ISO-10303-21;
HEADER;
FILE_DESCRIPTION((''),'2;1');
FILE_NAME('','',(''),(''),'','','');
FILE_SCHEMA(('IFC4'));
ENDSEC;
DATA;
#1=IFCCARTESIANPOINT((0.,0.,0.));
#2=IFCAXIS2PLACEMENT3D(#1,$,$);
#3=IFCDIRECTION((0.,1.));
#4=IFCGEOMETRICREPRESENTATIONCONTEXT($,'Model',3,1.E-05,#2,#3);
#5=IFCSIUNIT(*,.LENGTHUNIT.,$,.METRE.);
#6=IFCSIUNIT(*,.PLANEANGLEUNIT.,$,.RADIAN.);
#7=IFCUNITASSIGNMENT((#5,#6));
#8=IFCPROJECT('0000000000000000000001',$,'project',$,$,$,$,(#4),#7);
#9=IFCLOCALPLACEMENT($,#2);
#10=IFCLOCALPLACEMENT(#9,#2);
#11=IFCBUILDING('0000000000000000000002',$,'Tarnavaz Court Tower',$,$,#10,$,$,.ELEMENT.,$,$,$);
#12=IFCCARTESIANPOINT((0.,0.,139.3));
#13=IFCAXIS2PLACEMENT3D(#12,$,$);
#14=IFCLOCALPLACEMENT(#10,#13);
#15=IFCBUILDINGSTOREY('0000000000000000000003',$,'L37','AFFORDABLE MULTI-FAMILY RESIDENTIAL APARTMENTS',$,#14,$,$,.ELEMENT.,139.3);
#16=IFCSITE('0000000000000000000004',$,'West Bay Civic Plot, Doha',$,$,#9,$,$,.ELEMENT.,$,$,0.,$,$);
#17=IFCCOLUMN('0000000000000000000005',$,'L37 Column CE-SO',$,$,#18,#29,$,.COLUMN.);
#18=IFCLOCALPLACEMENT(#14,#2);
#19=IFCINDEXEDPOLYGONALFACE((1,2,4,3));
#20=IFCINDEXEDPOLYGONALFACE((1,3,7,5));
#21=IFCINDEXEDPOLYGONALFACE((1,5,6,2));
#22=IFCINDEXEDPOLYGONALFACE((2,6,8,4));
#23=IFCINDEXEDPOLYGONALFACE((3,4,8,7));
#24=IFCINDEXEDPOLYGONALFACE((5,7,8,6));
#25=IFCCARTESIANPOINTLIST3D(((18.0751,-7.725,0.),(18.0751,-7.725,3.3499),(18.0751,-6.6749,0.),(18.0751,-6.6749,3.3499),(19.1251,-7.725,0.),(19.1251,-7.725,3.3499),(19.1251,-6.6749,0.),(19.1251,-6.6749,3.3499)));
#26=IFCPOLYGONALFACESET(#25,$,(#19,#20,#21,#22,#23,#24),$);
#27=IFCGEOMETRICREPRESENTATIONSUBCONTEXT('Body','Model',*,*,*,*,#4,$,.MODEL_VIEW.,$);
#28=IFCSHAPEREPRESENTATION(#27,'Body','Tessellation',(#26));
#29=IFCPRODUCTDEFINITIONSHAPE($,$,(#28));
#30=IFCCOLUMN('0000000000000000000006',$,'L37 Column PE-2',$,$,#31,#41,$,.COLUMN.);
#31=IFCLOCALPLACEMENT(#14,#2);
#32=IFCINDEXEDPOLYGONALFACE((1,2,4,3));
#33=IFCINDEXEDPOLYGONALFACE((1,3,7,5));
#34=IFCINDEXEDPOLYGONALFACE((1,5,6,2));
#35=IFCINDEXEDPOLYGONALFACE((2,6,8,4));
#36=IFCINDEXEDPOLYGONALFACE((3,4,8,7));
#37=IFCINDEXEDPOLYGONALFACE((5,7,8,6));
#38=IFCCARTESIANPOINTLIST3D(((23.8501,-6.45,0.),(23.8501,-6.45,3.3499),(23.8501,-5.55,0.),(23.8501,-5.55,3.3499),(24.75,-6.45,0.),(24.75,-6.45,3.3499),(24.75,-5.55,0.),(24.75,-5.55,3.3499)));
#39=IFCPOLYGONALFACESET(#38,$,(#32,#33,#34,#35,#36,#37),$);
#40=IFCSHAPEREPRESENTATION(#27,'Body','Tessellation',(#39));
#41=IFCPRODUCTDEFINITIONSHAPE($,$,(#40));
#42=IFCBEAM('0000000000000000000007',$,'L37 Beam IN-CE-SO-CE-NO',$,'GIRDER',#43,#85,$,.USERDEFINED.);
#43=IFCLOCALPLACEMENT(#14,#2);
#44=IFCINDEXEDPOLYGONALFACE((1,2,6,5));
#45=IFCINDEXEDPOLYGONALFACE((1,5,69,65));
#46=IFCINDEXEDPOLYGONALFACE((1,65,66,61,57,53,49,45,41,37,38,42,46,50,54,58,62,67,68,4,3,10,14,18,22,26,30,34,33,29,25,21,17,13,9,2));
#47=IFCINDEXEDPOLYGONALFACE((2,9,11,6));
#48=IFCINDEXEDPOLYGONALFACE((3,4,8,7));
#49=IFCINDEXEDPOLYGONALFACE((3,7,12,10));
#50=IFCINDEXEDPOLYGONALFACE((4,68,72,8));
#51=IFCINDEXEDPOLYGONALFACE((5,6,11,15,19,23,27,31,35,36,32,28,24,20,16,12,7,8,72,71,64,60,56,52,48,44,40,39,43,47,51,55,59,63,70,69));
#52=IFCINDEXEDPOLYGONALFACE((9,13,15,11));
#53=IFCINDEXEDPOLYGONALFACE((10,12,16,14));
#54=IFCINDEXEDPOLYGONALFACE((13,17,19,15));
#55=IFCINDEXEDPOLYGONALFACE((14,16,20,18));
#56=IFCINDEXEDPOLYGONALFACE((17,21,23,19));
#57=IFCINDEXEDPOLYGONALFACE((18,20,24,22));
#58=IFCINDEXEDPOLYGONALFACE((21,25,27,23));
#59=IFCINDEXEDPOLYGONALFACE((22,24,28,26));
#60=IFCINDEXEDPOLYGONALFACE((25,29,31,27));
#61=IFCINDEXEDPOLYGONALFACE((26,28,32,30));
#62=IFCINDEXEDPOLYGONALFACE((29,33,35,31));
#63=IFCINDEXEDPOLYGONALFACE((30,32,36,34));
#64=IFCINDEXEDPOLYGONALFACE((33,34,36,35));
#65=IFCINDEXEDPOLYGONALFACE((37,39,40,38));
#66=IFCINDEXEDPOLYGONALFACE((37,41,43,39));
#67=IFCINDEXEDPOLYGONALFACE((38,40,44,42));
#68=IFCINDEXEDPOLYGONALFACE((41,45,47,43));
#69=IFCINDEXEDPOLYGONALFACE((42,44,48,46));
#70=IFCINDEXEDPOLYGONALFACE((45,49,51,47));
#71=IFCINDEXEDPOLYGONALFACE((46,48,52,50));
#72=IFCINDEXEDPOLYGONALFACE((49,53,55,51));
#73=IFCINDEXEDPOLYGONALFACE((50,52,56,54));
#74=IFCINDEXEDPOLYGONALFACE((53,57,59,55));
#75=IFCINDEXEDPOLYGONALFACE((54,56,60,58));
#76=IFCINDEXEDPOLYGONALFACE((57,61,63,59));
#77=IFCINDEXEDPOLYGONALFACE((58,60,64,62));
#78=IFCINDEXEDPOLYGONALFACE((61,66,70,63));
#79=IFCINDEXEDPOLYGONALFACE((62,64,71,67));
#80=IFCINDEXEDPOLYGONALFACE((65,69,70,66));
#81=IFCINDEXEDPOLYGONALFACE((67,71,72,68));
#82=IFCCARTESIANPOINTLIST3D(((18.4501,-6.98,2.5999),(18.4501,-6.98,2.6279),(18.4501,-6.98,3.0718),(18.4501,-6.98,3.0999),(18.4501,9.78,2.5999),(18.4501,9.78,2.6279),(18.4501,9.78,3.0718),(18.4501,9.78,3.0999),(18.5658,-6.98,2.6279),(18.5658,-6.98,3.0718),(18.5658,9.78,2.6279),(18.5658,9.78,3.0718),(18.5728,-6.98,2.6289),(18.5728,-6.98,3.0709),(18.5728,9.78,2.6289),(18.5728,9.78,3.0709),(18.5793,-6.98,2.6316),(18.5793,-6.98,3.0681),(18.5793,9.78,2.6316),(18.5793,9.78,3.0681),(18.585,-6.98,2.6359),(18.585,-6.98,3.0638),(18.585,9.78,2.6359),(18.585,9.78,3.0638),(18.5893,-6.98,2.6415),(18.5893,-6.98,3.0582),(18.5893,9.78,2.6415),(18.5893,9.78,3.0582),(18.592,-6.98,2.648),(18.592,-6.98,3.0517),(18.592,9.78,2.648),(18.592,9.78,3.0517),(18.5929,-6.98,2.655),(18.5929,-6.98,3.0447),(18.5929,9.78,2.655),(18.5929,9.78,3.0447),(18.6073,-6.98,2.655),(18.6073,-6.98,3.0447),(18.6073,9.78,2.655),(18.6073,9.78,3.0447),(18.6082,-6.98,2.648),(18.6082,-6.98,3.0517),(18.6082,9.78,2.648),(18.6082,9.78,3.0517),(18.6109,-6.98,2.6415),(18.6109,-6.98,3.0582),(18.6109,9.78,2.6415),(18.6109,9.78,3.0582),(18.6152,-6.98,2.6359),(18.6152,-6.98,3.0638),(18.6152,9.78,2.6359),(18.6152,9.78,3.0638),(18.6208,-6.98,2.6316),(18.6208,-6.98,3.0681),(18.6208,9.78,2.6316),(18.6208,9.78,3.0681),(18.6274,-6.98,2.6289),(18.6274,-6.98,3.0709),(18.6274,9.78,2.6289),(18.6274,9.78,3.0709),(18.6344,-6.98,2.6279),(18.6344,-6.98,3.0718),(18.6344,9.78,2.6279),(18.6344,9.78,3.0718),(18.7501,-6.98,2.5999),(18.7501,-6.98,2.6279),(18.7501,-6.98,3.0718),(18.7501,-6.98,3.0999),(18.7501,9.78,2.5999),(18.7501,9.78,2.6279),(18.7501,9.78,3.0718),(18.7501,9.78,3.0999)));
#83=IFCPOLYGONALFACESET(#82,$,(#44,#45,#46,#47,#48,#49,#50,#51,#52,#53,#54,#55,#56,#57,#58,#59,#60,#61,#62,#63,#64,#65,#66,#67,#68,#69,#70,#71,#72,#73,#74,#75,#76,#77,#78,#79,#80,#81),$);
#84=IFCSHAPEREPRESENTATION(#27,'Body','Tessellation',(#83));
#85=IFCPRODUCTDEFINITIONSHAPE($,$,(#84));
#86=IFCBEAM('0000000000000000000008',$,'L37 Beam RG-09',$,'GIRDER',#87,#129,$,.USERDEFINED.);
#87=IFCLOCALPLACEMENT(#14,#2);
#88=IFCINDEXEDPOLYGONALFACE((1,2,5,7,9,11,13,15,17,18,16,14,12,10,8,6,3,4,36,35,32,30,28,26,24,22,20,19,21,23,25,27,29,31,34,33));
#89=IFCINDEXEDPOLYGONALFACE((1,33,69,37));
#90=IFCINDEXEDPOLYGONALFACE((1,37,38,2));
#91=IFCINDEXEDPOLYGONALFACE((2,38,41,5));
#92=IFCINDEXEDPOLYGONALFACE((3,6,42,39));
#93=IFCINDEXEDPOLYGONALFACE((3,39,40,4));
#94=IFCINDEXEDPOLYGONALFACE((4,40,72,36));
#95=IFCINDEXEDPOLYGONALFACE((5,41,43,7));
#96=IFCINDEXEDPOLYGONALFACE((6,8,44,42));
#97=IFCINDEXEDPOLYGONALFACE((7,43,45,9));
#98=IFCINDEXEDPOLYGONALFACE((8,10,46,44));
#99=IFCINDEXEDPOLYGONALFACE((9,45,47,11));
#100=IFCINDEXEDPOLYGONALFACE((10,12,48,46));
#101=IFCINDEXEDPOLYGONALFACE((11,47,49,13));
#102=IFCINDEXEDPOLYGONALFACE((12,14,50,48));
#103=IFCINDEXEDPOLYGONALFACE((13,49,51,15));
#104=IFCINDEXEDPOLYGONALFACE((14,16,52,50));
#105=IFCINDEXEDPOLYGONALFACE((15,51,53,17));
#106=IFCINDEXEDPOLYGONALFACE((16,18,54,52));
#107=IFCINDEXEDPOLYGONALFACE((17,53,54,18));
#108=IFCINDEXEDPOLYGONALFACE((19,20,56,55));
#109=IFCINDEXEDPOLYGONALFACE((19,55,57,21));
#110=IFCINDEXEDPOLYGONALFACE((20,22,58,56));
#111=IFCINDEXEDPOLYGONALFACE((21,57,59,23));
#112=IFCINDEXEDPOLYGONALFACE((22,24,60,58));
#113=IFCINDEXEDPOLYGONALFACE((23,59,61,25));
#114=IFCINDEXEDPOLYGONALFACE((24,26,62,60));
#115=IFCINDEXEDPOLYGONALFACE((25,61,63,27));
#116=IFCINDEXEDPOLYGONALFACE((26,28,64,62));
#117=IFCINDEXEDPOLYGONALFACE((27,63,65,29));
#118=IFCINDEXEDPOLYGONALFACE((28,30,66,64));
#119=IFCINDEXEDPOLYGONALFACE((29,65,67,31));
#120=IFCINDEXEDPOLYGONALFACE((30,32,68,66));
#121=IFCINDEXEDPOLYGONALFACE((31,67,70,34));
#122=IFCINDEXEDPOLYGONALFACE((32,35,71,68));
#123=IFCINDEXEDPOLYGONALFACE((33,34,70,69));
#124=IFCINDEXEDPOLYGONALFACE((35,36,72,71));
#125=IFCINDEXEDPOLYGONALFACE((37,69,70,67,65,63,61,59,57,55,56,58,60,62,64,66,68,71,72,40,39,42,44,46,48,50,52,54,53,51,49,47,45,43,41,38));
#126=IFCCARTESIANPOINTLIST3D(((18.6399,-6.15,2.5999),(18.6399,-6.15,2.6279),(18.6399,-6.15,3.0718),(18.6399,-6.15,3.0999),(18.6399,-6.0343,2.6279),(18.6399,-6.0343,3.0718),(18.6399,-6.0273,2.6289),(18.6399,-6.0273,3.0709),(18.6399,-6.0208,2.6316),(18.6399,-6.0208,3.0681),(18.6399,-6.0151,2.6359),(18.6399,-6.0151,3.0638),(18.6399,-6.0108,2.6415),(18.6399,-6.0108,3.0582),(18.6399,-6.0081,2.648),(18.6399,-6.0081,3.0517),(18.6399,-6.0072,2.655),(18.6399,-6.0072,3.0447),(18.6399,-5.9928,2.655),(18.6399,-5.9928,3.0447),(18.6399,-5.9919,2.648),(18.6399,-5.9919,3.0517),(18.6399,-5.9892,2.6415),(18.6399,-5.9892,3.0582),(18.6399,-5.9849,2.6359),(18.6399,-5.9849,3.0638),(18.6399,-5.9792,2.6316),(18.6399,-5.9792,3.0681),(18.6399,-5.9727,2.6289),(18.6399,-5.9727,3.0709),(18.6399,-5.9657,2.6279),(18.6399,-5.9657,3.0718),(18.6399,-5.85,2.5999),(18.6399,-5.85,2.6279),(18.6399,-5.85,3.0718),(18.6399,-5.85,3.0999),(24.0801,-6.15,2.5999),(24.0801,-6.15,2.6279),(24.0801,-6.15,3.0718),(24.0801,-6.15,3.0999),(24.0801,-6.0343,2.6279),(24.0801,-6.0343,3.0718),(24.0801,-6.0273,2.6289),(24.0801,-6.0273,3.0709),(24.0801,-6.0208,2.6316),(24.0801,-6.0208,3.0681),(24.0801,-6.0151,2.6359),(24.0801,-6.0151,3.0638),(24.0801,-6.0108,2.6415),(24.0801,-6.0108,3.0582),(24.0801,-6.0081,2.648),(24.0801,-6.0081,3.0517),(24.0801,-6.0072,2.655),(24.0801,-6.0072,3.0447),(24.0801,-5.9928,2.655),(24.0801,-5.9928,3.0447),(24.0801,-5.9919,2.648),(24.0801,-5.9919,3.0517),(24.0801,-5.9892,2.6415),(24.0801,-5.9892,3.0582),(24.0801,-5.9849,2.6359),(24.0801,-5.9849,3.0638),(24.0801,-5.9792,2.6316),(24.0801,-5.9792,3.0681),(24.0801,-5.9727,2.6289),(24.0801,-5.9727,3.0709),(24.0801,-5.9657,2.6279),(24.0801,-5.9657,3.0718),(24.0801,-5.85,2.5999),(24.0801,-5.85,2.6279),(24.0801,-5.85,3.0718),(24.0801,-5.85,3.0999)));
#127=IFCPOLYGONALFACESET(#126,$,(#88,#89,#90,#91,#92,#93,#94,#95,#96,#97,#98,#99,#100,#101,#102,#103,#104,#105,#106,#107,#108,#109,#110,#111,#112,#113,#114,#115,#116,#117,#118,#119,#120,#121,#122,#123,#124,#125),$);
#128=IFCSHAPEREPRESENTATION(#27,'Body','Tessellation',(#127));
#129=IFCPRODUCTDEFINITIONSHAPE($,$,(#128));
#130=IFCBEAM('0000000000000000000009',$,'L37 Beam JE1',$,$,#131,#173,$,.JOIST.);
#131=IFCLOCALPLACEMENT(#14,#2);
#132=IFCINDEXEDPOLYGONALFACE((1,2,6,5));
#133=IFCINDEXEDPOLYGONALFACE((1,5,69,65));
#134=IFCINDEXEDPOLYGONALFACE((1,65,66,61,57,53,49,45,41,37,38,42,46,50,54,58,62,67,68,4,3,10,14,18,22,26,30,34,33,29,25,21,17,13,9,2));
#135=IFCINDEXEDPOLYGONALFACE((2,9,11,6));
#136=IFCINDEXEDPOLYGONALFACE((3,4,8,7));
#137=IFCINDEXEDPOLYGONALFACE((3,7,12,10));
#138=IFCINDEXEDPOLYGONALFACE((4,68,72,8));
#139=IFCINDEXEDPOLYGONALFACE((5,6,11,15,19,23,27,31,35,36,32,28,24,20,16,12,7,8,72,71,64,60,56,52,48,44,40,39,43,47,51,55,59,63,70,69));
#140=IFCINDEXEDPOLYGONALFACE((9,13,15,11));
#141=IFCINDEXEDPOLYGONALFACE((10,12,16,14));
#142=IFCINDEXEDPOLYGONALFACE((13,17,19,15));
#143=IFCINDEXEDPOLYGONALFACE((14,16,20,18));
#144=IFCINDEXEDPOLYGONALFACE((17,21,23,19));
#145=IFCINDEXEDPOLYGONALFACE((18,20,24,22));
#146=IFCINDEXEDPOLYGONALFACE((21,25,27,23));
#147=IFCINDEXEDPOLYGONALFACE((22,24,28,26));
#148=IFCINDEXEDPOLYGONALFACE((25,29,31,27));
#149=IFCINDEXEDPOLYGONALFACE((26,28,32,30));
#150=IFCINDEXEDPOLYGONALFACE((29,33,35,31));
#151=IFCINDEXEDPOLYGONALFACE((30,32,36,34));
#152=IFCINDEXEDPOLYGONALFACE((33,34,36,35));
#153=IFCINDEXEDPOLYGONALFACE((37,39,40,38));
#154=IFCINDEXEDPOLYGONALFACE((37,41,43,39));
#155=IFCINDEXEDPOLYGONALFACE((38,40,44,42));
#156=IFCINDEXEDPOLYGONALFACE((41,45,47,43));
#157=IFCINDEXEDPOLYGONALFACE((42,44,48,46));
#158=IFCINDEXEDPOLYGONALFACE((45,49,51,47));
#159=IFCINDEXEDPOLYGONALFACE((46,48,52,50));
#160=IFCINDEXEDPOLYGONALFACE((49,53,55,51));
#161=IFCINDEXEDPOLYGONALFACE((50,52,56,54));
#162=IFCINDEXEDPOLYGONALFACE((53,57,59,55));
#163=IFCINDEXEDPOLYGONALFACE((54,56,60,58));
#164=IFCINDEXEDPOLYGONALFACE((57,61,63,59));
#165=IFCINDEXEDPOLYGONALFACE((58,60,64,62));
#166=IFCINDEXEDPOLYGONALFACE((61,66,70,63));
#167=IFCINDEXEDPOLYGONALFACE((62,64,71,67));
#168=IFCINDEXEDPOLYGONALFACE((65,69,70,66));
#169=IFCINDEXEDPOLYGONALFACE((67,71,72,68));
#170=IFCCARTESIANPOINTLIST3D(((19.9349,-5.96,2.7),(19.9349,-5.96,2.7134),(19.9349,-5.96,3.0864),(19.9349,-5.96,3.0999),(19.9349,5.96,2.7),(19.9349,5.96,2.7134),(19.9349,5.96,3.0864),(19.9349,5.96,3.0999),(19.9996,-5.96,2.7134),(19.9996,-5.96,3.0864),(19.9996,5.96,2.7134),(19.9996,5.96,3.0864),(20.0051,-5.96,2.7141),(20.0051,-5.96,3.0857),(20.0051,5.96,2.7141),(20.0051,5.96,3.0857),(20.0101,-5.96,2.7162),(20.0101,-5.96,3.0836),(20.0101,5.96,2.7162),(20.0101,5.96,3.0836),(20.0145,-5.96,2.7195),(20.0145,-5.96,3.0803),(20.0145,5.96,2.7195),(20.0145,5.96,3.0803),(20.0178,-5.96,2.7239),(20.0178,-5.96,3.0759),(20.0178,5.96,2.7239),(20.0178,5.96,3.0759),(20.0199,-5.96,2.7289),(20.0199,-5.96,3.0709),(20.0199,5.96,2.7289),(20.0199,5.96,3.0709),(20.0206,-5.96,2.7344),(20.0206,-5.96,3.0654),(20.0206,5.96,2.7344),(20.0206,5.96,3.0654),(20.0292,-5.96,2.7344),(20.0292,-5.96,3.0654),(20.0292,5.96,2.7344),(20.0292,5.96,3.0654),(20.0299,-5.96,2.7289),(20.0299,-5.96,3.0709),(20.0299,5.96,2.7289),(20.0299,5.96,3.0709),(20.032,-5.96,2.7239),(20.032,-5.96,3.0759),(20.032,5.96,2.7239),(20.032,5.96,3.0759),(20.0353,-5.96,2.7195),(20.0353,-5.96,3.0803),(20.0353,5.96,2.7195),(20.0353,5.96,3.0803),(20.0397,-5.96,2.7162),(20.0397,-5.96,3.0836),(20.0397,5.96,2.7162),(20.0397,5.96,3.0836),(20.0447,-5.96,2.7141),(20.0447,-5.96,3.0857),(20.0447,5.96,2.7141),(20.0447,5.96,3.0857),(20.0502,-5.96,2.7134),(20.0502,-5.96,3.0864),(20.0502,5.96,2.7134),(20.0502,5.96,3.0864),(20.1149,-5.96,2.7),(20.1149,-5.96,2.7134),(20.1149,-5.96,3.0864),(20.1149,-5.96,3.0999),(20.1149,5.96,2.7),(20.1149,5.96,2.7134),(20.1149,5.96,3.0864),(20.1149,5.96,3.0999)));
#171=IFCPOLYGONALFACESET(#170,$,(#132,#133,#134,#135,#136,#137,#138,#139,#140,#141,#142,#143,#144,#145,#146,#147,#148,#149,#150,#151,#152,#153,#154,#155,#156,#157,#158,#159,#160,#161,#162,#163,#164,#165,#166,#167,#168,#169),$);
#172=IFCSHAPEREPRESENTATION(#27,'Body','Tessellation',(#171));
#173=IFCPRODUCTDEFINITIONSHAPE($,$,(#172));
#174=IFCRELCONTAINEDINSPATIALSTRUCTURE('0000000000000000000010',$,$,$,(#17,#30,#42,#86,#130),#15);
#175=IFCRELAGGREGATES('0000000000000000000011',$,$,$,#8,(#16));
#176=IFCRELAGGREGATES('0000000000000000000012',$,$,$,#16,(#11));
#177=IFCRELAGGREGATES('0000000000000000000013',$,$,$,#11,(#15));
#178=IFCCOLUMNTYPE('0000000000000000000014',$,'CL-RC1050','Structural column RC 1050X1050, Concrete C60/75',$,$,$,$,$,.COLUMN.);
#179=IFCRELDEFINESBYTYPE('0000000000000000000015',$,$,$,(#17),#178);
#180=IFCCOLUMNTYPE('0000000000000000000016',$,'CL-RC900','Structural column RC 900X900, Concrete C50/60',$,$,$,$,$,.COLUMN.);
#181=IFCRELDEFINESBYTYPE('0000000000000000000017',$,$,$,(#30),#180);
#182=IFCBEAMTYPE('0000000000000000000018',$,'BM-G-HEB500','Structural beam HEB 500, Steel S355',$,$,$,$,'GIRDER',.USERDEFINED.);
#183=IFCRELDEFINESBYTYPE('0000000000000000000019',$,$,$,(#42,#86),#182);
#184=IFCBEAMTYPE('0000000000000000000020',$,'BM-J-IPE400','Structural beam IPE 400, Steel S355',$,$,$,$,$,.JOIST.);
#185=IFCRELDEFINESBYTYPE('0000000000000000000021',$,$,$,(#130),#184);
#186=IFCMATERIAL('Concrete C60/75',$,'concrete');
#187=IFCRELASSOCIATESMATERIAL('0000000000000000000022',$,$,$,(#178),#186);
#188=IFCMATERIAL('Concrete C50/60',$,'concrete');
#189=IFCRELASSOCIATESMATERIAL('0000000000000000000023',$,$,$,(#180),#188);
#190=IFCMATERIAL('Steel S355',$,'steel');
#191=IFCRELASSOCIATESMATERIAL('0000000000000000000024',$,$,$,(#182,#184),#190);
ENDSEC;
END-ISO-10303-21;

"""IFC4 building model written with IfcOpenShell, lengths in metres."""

from ifc_helpers import new_model, si_unit, direction, frame, origin, origin_2d, place, context, subcontext, project, spatial, rectangle, i_section, extrude, material, material_profile, profile_set, type_object, element, save


model = new_model("IFC4")

# Units and contexts
model_context = context("Model", 3, precision=1e-05, world=origin(), true_north=direction((0.0, 1.0)))
body_context = subcontext(model_context, "Body", "Model", "MODEL_VIEW")
ifc_project = project(units=[si_unit("LENGTHUNIT", "METRE"), si_unit("PLANEANGLEUNIT", "RADIAN")], contexts=[model_context])

# Site, building, storey
site_placement = place(None, origin())
site = spatial("IfcSite", under=ifc_project, at=site_placement, Name="West Bay Civic Plot, Doha", CompositionType="ELEMENT", RefElevation=0.0)
building_placement = place(site_placement, origin())
building = spatial("IfcBuilding", under=site, at=building_placement, Name="Tarnavaz Court Tower", CompositionType="ELEMENT")
storey_placement = place(building_placement, frame((0.0, 0.0, 139.3)))
storey = spatial("IfcBuildingStorey", under=building, at=storey_placement, Name="L37", Description="AFFORDABLE MULTI-FAMILY RESIDENTIAL APARTMENTS", CompositionType="ELEMENT", Elevation=139.3)

# Columns
ifc_material_1 = material(Name="Concrete C60/75", Category="concrete")
ifc_material_profile_1 = material_profile(ifc_material_1, rectangle(XDim=1.05, YDim=1.05, at=origin_2d()), Name="RC 1050X1050")
ifc_profile_set_1 = profile_set([ifc_material_profile_1], Name="Concrete C60/75")
column_type_1 = type_object("IfcColumnType", Name="CL-RC1050", Description="Structural column RC 1050X1050, Concrete C60/75", PredefinedType="COLUMN", material=ifc_profile_set_1)
column_1_placement = place(storey_placement, frame((18.6001, -7.2, 0.0), z_axis=(0.0, 0.0, 1.0), x_axis=(1.0, 0.0, 0.0)))
element("IfcColumn", 1, at=column_1_placement, inside=storey, type_object=column_type_1, Name="L37 Column CE-SO", PredefinedType="COLUMN", context=body_context, shape_type="SweptSolid", body=[
    extrude(rectangle(XDim=1.05, YDim=1.05, at=origin_2d()), origin(), (0.0, 0.0, 1.0), 3.3499),
])
ifc_material_2 = material(Name="Concrete C50/60", Category="concrete")
ifc_material_profile_2 = material_profile(ifc_material_2, rectangle(XDim=0.8999, YDim=0.8999, at=origin_2d()), Name="RC 900X900")
ifc_profile_set_2 = profile_set([ifc_material_profile_2], Name="Concrete C50/60")
column_type_2 = type_object("IfcColumnType", Name="CL-RC900", Description="Structural column RC 900X900, Concrete C50/60", PredefinedType="COLUMN", material=ifc_profile_set_2)
column_2_placement = place(storey_placement, frame((24.3, -6.0, 0.0), z_axis=(0.0, 0.0, 1.0), x_axis=(1.0, 0.0, 0.0)))
element("IfcColumn", 2, at=column_2_placement, inside=storey, type_object=column_type_2, Name="L37 Column PE-2", PredefinedType="COLUMN", context=body_context, shape_type="SweptSolid", body=[
    extrude(rectangle(XDim=0.8999, YDim=0.8999, at=origin_2d()), origin(), (0.0, 0.0, 1.0), 3.3499),
])

# Beams
ifc_material_3 = material(Name="Steel S355", Category="steel")
ifc_material_profile_3 = material_profile(ifc_material_3, i_section(OverallWidth=0.3, OverallDepth=0.5, WebThickness=0.0144, FlangeThickness=0.0281, FilletRadius=0.0271, at=origin_2d()), Name="HEB 500")
ifc_profile_set_3 = profile_set([ifc_material_profile_3], Name="Steel S355")
beam_type_1 = type_object("IfcBeamType", Name="BM-G-HEB500", Description="Structural beam HEB 500, Steel S355", ElementType="GIRDER", PredefinedType="USERDEFINED", material=ifc_profile_set_3)
beam_1_placement = place(storey_placement, frame((18.6001, -6.98, 2.8499), z_axis=(0.0, 1.0, 0.0), x_axis=(-1.0, 0.0, 0.0)))
element("IfcBeam", 3, at=beam_1_placement, inside=storey, type_object=beam_type_1, Name="L37 Beam IN-CE-SO-CE-NO", ObjectType="GIRDER", PredefinedType="USERDEFINED", context=body_context, shape_type="SweptSolid", body=[
    extrude(i_section(OverallWidth=0.3, OverallDepth=0.5, WebThickness=0.0144, FlangeThickness=0.0281, FilletRadius=0.0271, at=origin_2d()), origin(), (0.0, 0.0, 1.0), 16.76),
])
beam_2_placement = place(storey_placement, frame((18.6399, -6.0, 2.8499), z_axis=(1.0, 0.0, 0.0), x_axis=(0.0, 1.0, 0.0)))
element("IfcBeam", 4, at=beam_2_placement, inside=storey, type_object=beam_type_1, Name="L37 Beam RG-09", ObjectType="GIRDER", PredefinedType="USERDEFINED", context=body_context, shape_type="SweptSolid", body=[
    extrude(i_section(OverallWidth=0.3, OverallDepth=0.5, WebThickness=0.0144, FlangeThickness=0.0281, FilletRadius=0.0271, at=origin_2d()), origin(), (0.0, 0.0, 1.0), 5.4402),
])
ifc_material_profile_4 = material_profile(ifc_material_3, i_section(OverallWidth=0.1799, OverallDepth=0.3999, WebThickness=0.0085, FlangeThickness=0.0134, FilletRadius=0.021, at=origin_2d()), Name="IPE 400")
ifc_profile_set_4 = profile_set([ifc_material_profile_4], Name="Steel S355")
beam_type_2 = type_object("IfcBeamType", Name="BM-J-IPE400", Description="Structural beam IPE 400, Steel S355", PredefinedType="JOIST", material=ifc_profile_set_4)
for number, where, z_axis, x_axis, name in (
    (5, (20.0249, -5.96, 2.8999), (0.0, 1.0, 0.0), (-1.0, 0.0, 0.0), "L37 Beam JE1"),
):
    element("IfcBeam", number, at=place(storey_placement, frame(where, z_axis=z_axis, x_axis=x_axis)), inside=storey, type_object=beam_type_2, Name=name, PredefinedType="JOIST", context=body_context, shape_type="SweptSolid", body=[
        extrude(i_section(OverallWidth=0.1799, OverallDepth=0.3999, WebThickness=0.0085, FlangeThickness=0.0134, FilletRadius=0.021, at=origin_2d()), origin(), (0.0, 0.0, 1.0), 11.9199),
    ])

save(model, "model.ifc")
